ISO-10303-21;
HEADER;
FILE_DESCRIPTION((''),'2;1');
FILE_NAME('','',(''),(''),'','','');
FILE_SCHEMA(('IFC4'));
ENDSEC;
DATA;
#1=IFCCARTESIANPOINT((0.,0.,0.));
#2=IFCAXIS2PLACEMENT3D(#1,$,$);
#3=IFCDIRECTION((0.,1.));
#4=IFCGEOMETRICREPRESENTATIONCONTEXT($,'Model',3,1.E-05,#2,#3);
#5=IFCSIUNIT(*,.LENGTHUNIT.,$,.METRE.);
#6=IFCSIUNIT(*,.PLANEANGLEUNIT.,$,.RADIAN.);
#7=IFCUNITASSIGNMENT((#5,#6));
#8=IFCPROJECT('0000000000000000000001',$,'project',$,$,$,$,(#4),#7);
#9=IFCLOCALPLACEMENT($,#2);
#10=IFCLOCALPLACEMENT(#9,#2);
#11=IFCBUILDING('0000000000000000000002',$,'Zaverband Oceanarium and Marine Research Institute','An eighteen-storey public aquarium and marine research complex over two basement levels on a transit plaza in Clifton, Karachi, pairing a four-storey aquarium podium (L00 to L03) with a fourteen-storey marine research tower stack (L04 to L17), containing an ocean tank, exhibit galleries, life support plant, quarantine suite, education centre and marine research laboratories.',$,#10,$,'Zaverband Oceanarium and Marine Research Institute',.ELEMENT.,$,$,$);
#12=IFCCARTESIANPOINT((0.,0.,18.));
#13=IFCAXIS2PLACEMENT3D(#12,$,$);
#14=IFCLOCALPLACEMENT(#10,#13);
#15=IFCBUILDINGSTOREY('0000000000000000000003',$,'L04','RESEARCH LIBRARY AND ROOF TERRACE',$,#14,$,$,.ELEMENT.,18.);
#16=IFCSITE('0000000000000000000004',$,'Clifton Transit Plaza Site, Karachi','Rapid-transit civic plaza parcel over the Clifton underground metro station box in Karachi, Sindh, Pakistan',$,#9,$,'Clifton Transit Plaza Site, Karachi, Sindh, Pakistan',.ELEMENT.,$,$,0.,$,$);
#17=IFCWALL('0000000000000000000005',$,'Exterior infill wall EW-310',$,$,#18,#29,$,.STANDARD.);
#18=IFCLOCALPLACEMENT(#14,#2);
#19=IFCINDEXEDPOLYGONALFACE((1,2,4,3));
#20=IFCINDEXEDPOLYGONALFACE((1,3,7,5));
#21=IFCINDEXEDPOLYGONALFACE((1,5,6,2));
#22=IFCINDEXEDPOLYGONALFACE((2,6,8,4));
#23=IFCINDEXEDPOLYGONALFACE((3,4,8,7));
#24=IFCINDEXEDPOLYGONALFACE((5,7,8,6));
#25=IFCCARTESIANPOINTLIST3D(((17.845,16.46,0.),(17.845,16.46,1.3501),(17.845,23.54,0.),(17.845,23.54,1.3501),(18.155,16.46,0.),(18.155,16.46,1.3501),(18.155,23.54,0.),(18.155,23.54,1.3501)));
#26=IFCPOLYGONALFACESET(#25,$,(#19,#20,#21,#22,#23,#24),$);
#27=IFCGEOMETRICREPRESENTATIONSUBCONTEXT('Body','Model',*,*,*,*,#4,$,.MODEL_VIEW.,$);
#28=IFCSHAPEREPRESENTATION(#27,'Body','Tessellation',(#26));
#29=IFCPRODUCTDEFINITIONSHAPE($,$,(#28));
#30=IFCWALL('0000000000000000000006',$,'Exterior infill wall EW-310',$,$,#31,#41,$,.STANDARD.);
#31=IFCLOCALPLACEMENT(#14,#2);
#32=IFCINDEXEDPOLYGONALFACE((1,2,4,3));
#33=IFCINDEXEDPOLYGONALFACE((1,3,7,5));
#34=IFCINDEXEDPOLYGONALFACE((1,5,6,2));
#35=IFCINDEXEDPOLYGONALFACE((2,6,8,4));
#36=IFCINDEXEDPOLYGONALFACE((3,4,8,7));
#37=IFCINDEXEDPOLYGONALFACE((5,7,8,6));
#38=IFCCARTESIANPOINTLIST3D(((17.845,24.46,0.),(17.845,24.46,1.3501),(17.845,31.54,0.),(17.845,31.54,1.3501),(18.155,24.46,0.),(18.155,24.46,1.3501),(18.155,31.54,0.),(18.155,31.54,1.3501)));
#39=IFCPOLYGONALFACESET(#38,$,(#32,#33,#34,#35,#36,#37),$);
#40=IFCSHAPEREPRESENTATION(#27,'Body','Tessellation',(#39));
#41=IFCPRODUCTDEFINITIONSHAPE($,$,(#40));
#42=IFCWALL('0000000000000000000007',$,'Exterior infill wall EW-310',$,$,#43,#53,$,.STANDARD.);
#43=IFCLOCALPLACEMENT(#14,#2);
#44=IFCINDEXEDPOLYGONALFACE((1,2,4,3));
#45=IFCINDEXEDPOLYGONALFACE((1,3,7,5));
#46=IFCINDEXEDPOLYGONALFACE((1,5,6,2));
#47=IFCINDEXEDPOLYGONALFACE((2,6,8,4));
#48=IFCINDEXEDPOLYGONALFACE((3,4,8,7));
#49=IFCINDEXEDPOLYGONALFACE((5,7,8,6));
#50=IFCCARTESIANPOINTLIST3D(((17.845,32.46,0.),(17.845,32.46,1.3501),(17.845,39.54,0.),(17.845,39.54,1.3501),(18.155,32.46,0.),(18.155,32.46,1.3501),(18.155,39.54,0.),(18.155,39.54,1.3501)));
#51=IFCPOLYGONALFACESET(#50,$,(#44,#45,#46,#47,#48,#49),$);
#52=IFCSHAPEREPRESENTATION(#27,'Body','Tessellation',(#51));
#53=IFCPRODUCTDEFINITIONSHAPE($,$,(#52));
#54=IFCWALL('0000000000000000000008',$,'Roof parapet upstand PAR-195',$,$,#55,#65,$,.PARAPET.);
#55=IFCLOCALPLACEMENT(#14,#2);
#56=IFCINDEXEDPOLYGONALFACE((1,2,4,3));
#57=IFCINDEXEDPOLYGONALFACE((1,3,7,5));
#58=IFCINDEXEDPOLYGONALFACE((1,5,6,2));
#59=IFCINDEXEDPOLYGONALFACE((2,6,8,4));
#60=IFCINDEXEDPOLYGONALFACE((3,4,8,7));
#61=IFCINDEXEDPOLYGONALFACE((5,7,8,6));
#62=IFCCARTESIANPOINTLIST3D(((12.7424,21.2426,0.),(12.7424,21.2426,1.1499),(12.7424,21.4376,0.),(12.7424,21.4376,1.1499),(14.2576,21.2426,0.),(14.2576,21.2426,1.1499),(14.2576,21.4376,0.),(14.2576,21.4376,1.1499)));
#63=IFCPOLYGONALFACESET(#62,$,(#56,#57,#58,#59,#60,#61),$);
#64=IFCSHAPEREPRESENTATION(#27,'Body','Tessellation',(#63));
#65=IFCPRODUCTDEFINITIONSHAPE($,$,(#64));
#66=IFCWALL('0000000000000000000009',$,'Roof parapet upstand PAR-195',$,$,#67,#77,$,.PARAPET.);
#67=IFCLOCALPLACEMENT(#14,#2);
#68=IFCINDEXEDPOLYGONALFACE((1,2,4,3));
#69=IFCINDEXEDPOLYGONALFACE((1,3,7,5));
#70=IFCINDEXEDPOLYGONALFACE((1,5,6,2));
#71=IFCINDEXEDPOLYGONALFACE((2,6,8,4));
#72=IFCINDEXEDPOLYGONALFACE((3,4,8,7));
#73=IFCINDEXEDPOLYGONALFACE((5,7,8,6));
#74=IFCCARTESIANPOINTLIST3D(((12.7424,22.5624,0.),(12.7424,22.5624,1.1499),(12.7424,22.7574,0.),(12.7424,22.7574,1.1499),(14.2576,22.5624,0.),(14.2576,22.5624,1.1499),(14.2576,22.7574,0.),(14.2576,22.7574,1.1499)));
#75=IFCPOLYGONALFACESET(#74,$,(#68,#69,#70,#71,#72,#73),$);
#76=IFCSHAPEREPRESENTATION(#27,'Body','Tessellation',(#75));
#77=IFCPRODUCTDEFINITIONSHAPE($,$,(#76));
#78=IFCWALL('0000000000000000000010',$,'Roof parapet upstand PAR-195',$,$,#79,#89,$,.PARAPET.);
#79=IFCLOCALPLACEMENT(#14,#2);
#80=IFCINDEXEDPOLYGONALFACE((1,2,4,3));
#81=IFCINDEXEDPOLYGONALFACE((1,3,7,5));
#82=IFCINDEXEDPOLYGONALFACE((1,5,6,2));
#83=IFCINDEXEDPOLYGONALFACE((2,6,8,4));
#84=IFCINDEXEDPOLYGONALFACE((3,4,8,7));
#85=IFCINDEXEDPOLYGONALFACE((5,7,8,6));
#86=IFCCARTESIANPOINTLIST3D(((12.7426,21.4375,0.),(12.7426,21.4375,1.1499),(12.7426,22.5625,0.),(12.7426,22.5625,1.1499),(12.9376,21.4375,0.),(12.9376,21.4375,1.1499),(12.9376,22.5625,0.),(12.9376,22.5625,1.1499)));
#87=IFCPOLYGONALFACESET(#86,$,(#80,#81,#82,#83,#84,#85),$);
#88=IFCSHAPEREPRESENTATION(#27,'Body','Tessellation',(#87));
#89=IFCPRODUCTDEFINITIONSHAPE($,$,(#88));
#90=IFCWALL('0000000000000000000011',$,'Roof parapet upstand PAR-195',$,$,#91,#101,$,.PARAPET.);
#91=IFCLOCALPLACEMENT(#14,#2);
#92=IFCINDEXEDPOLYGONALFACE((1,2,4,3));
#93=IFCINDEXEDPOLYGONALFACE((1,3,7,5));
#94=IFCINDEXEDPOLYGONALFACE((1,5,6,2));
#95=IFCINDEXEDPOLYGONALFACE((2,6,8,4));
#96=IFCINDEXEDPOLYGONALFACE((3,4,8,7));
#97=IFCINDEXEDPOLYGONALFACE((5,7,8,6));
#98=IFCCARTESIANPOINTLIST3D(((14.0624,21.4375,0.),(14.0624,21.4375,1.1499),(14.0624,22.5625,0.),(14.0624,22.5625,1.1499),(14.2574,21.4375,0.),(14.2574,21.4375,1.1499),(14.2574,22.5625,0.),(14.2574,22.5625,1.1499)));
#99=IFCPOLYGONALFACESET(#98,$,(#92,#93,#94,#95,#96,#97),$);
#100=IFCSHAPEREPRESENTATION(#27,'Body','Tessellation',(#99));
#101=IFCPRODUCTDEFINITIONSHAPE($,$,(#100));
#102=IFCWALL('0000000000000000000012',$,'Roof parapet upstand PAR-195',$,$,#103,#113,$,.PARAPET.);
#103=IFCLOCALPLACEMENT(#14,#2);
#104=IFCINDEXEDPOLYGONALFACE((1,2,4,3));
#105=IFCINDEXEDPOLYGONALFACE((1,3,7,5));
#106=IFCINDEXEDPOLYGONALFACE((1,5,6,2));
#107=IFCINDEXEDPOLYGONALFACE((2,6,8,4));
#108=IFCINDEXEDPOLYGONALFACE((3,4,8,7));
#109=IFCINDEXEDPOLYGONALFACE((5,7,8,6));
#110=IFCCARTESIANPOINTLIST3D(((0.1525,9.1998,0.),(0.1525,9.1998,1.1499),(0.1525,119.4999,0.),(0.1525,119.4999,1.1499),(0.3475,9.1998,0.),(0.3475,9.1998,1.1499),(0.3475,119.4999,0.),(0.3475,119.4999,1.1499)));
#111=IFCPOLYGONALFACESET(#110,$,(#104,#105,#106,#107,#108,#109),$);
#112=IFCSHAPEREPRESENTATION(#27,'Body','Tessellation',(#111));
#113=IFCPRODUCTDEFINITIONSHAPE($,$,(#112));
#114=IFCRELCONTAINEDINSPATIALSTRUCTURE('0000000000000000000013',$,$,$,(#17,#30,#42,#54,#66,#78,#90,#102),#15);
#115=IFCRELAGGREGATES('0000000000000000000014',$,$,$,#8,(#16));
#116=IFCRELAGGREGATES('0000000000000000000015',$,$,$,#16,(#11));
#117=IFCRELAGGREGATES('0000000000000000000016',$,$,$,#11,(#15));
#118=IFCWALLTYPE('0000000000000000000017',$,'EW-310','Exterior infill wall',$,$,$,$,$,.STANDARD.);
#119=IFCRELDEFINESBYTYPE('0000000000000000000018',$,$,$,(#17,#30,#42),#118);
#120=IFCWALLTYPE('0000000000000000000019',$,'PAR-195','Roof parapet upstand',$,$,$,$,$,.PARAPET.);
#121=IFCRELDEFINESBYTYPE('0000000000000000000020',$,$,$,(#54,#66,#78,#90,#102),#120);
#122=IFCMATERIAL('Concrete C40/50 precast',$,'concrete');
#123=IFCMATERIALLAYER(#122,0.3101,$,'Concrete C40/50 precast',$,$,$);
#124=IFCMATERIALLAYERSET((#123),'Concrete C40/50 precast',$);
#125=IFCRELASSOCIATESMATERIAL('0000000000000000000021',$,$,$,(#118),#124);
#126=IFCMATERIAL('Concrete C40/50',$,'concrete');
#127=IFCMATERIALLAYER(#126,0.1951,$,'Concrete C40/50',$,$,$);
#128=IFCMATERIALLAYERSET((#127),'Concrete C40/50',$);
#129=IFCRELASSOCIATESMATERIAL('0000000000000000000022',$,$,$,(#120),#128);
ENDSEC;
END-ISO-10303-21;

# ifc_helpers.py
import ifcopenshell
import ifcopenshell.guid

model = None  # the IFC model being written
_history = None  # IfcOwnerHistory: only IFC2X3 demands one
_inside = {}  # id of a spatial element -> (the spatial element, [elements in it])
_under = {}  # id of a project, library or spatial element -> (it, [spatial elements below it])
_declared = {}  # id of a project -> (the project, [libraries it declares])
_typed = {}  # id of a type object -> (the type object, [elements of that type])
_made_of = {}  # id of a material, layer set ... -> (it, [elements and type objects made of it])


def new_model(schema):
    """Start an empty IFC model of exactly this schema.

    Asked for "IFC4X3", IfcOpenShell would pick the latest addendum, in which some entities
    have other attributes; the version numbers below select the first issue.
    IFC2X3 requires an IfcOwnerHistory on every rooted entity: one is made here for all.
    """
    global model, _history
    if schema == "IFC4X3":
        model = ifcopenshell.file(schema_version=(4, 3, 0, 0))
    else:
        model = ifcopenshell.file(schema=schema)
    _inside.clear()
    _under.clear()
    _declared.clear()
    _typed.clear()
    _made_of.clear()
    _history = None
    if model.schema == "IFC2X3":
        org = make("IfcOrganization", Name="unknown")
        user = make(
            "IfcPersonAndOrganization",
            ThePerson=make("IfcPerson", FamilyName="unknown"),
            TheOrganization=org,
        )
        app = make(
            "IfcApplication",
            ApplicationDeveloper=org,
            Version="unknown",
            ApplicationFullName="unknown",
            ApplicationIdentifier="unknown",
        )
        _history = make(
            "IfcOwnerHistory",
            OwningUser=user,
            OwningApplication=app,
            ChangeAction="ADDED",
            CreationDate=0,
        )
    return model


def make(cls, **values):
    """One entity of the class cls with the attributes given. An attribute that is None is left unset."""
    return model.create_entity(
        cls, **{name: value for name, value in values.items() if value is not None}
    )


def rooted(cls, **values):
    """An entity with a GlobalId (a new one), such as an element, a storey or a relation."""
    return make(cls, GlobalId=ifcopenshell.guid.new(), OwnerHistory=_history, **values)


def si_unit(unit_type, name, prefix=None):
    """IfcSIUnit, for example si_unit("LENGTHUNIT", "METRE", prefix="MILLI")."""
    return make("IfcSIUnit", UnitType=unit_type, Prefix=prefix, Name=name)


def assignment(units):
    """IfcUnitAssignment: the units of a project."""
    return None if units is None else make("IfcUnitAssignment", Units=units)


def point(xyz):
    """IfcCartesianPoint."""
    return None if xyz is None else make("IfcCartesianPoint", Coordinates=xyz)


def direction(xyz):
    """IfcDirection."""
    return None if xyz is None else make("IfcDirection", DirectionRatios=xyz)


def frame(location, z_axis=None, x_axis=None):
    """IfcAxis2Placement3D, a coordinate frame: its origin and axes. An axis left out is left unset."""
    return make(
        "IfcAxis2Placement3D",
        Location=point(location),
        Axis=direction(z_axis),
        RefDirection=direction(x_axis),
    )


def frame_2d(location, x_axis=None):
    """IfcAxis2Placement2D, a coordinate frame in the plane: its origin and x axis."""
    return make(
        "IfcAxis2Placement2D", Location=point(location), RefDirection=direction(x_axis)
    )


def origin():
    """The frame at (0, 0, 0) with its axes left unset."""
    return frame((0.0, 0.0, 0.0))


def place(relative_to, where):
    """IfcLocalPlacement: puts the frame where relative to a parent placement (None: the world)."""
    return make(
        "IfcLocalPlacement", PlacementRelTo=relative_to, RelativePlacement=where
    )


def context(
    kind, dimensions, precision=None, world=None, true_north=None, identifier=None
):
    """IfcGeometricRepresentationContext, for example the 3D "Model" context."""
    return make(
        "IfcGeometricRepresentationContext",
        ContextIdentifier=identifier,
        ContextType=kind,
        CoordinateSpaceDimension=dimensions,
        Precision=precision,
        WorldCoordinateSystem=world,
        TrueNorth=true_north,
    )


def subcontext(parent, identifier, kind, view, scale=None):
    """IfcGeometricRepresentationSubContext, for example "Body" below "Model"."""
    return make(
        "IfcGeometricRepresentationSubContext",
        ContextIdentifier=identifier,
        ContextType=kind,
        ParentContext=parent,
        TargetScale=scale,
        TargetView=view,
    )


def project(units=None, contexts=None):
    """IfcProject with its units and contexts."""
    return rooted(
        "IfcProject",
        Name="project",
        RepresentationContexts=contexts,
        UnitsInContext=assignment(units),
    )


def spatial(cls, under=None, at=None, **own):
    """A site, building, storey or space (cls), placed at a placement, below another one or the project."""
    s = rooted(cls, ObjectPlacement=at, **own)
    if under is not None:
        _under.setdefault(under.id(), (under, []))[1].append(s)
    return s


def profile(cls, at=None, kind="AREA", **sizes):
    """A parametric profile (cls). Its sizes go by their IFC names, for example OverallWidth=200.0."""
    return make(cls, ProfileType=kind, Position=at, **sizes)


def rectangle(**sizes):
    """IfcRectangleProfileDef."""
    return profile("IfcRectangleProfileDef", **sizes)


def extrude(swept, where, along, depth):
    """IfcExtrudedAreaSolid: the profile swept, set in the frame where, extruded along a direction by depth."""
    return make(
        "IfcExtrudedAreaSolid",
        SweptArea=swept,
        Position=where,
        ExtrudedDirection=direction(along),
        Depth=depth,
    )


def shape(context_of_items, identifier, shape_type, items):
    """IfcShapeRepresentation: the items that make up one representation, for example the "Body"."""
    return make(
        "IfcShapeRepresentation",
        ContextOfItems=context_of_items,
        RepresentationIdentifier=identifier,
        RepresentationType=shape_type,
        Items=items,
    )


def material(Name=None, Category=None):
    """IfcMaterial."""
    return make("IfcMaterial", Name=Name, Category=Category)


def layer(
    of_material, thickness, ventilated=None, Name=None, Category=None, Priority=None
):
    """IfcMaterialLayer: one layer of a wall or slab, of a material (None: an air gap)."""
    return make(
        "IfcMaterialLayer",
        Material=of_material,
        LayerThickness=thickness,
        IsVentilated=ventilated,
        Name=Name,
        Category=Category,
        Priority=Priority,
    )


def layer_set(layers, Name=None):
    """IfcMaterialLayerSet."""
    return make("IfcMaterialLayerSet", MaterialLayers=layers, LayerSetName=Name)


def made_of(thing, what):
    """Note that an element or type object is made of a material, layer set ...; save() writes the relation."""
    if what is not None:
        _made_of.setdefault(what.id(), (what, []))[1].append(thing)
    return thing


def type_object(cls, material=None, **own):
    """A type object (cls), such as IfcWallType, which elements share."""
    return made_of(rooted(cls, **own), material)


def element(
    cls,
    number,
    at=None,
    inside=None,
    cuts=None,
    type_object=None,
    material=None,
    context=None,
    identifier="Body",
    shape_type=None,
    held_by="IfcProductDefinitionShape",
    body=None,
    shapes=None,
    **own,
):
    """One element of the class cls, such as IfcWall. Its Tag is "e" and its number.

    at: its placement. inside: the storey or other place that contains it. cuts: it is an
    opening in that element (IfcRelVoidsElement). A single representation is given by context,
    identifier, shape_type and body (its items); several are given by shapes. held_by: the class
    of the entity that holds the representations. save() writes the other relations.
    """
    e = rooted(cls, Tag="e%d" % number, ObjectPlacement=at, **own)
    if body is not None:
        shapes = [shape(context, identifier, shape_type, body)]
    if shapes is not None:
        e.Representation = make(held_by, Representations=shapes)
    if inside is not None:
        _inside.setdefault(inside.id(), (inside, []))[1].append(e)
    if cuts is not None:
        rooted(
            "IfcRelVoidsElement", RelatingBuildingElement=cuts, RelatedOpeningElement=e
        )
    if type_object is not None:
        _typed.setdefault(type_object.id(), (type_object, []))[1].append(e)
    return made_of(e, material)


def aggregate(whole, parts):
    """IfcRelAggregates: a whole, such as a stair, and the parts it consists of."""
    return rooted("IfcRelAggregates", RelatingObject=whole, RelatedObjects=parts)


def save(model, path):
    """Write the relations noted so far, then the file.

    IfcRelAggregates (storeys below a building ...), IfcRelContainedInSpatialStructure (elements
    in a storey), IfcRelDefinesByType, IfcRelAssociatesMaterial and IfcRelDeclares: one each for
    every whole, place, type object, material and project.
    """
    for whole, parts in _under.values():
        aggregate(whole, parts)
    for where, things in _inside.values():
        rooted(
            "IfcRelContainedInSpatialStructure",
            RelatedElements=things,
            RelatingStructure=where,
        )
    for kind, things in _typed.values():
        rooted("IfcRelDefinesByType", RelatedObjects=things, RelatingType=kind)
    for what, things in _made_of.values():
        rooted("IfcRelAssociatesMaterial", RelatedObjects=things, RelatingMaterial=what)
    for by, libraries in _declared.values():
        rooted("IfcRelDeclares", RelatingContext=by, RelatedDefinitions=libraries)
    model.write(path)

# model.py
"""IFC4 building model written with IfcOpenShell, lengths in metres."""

from ifc_helpers import new_model, si_unit, direction, frame, frame_2d, origin, place, context, subcontext, project, spatial, rectangle, extrude, material, layer, layer_set, type_object, element, save


model = new_model("IFC4")

# Units and contexts
model_context = context("Model", 3, precision=1e-05, world=origin(), true_north=direction((0.0, 1.0)))
body_context = subcontext(model_context, "Body", "Model", "MODEL_VIEW")
ifc_project = project(units=[si_unit("LENGTHUNIT", "METRE"), si_unit("PLANEANGLEUNIT", "RADIAN")], contexts=[model_context])

# Site, building, storey
site_placement = place(None, origin())
site = spatial("IfcSite", under=ifc_project, at=site_placement, Name="Clifton Transit Plaza Site, Karachi", Description="Rapid-transit civic plaza parcel over the Clifton underground metro station box in Karachi, Sindh, Pakistan", LongName="Clifton Transit Plaza Site, Karachi, Sindh, Pakistan", CompositionType="ELEMENT", RefElevation=0.0)
building_placement = place(site_placement, origin())
building = spatial("IfcBuilding", under=site, at=building_placement, Name="Zaverband Oceanarium and Marine Research Institute", Description="An eighteen-storey public aquarium and marine research complex over two basement levels on a transit plaza in Clifton, Karachi, pairing a four-storey aquarium podium (L00 to L03) with a fourteen-storey marine research tower stack (L04 to L17), containing an ocean tank, exhibit galleries, life support plant, quarantine suite, education centre and marine research laboratories.", LongName="Zaverband Oceanarium and Marine Research Institute", CompositionType="ELEMENT")
storey_placement = place(building_placement, frame((0.0, 0.0, 18.0)))
storey = spatial("IfcBuildingStorey", under=building, at=storey_placement, Name="L04", Description="RESEARCH LIBRARY AND ROOF TERRACE", CompositionType="ELEMENT", Elevation=18.0)

# Walls
ifc_material_1 = material(Name="Concrete C40/50 precast", Category="concrete")
ifc_layer_1 = layer(ifc_material_1, 0.3101, Name="Concrete C40/50 precast")
ifc_layer_set_1 = layer_set([ifc_layer_1], Name="Concrete C40/50 precast")
wall_type_1 = type_object("IfcWallType", Name="EW-310", Description="Exterior infill wall", PredefinedType="STANDARD", material=ifc_layer_set_1)
for number, where, z_axis, x_axis, name in (
    (1, (18.0, 16.46, 0.0), (0.0, 0.0, 1.0), (0.0, 1.0, 0.0), "Exterior infill wall EW-310"),
    (2, (18.0, 24.46, 0.0), (0.0, 0.0, 1.0), (0.0, 1.0, 0.0), "Exterior infill wall EW-310"),
    (3, (18.0, 32.46, 0.0), (0.0, 0.0, 1.0), (0.0, 1.0, 0.0), "Exterior infill wall EW-310"),
):
    element("IfcWall", number, at=place(storey_placement, frame(where, z_axis=z_axis, x_axis=x_axis)), inside=storey, type_object=wall_type_1, Name=name, PredefinedType="STANDARD", context=body_context, shape_type="SweptSolid", body=[
        extrude(rectangle(XDim=7.0801, YDim=0.3101, at=frame_2d((3.54, 0.0))), origin(), (0.0, 0.0, 1.0), 1.3501),
    ])
ifc_material_2 = material(Name="Concrete C40/50", Category="concrete")
ifc_layer_2 = layer(ifc_material_2, 0.1951, Name="Concrete C40/50")
ifc_layer_set_2 = layer_set([ifc_layer_2], Name="Concrete C40/50")
wall_type_2 = type_object("IfcWallType", Name="PAR-195", Description="Roof parapet upstand", PredefinedType="PARAPET", material=ifc_layer_set_2)
for number, where, z_axis, x_axis, name in (
    (4, (12.7424, 21.3401, 0.0), (0.0, 0.0, 1.0), (1.0, 0.0, 0.0), "Roof parapet upstand PAR-195"),
    (5, (12.7424, 22.6599, 0.0), (0.0, 0.0, 1.0), (1.0, 0.0, 0.0), "Roof parapet upstand PAR-195"),
):
    element("IfcWall", number, at=place(storey_placement, frame(where, z_axis=z_axis, x_axis=x_axis)), inside=storey, type_object=wall_type_2, Name=name, PredefinedType="PARAPET", context=body_context, shape_type="SweptSolid", body=[
        extrude(rectangle(XDim=1.5151, YDim=0.1951, at=frame_2d((0.7576, 0.0))), origin(), (0.0, 0.0, 1.0), 1.1499),
    ])
for number, where, z_axis, x_axis, name in (
    (6, (12.8401, 21.4375, 0.0), (0.0, 0.0, 1.0), (0.0, 1.0, 0.0), "Roof parapet upstand PAR-195"),
    (7, (14.1599, 21.4375, 0.0), (0.0, 0.0, 1.0), (0.0, 1.0, 0.0), "Roof parapet upstand PAR-195"),
):
    element("IfcWall", number, at=place(storey_placement, frame(where, z_axis=z_axis, x_axis=x_axis)), inside=storey, type_object=wall_type_2, Name=name, PredefinedType="PARAPET", context=body_context, shape_type="SweptSolid", body=[
        extrude(rectangle(XDim=1.125, YDim=0.1951, at=frame_2d((0.5625, 0.0))), origin(), (0.0, 0.0, 1.0), 1.1499),
    ])
wall_placement = place(storey_placement, frame((0.25, 9.2, 0.0), z_axis=(0.0, 0.0, 1.0), x_axis=(0.0, 1.0, 0.0)))
element("IfcWall", 8, at=wall_placement, inside=storey, type_object=wall_type_2, Name="Roof parapet upstand PAR-195", PredefinedType="PARAPET", context=body_context, shape_type="SweptSolid", body=[
    extrude(rectangle(XDim=110.3, YDim=0.1951, at=frame_2d((55.1499, 0.0))), origin(), (0.0, 0.0, 1.0), 1.1499),
])

save(model, "model.ifc")
